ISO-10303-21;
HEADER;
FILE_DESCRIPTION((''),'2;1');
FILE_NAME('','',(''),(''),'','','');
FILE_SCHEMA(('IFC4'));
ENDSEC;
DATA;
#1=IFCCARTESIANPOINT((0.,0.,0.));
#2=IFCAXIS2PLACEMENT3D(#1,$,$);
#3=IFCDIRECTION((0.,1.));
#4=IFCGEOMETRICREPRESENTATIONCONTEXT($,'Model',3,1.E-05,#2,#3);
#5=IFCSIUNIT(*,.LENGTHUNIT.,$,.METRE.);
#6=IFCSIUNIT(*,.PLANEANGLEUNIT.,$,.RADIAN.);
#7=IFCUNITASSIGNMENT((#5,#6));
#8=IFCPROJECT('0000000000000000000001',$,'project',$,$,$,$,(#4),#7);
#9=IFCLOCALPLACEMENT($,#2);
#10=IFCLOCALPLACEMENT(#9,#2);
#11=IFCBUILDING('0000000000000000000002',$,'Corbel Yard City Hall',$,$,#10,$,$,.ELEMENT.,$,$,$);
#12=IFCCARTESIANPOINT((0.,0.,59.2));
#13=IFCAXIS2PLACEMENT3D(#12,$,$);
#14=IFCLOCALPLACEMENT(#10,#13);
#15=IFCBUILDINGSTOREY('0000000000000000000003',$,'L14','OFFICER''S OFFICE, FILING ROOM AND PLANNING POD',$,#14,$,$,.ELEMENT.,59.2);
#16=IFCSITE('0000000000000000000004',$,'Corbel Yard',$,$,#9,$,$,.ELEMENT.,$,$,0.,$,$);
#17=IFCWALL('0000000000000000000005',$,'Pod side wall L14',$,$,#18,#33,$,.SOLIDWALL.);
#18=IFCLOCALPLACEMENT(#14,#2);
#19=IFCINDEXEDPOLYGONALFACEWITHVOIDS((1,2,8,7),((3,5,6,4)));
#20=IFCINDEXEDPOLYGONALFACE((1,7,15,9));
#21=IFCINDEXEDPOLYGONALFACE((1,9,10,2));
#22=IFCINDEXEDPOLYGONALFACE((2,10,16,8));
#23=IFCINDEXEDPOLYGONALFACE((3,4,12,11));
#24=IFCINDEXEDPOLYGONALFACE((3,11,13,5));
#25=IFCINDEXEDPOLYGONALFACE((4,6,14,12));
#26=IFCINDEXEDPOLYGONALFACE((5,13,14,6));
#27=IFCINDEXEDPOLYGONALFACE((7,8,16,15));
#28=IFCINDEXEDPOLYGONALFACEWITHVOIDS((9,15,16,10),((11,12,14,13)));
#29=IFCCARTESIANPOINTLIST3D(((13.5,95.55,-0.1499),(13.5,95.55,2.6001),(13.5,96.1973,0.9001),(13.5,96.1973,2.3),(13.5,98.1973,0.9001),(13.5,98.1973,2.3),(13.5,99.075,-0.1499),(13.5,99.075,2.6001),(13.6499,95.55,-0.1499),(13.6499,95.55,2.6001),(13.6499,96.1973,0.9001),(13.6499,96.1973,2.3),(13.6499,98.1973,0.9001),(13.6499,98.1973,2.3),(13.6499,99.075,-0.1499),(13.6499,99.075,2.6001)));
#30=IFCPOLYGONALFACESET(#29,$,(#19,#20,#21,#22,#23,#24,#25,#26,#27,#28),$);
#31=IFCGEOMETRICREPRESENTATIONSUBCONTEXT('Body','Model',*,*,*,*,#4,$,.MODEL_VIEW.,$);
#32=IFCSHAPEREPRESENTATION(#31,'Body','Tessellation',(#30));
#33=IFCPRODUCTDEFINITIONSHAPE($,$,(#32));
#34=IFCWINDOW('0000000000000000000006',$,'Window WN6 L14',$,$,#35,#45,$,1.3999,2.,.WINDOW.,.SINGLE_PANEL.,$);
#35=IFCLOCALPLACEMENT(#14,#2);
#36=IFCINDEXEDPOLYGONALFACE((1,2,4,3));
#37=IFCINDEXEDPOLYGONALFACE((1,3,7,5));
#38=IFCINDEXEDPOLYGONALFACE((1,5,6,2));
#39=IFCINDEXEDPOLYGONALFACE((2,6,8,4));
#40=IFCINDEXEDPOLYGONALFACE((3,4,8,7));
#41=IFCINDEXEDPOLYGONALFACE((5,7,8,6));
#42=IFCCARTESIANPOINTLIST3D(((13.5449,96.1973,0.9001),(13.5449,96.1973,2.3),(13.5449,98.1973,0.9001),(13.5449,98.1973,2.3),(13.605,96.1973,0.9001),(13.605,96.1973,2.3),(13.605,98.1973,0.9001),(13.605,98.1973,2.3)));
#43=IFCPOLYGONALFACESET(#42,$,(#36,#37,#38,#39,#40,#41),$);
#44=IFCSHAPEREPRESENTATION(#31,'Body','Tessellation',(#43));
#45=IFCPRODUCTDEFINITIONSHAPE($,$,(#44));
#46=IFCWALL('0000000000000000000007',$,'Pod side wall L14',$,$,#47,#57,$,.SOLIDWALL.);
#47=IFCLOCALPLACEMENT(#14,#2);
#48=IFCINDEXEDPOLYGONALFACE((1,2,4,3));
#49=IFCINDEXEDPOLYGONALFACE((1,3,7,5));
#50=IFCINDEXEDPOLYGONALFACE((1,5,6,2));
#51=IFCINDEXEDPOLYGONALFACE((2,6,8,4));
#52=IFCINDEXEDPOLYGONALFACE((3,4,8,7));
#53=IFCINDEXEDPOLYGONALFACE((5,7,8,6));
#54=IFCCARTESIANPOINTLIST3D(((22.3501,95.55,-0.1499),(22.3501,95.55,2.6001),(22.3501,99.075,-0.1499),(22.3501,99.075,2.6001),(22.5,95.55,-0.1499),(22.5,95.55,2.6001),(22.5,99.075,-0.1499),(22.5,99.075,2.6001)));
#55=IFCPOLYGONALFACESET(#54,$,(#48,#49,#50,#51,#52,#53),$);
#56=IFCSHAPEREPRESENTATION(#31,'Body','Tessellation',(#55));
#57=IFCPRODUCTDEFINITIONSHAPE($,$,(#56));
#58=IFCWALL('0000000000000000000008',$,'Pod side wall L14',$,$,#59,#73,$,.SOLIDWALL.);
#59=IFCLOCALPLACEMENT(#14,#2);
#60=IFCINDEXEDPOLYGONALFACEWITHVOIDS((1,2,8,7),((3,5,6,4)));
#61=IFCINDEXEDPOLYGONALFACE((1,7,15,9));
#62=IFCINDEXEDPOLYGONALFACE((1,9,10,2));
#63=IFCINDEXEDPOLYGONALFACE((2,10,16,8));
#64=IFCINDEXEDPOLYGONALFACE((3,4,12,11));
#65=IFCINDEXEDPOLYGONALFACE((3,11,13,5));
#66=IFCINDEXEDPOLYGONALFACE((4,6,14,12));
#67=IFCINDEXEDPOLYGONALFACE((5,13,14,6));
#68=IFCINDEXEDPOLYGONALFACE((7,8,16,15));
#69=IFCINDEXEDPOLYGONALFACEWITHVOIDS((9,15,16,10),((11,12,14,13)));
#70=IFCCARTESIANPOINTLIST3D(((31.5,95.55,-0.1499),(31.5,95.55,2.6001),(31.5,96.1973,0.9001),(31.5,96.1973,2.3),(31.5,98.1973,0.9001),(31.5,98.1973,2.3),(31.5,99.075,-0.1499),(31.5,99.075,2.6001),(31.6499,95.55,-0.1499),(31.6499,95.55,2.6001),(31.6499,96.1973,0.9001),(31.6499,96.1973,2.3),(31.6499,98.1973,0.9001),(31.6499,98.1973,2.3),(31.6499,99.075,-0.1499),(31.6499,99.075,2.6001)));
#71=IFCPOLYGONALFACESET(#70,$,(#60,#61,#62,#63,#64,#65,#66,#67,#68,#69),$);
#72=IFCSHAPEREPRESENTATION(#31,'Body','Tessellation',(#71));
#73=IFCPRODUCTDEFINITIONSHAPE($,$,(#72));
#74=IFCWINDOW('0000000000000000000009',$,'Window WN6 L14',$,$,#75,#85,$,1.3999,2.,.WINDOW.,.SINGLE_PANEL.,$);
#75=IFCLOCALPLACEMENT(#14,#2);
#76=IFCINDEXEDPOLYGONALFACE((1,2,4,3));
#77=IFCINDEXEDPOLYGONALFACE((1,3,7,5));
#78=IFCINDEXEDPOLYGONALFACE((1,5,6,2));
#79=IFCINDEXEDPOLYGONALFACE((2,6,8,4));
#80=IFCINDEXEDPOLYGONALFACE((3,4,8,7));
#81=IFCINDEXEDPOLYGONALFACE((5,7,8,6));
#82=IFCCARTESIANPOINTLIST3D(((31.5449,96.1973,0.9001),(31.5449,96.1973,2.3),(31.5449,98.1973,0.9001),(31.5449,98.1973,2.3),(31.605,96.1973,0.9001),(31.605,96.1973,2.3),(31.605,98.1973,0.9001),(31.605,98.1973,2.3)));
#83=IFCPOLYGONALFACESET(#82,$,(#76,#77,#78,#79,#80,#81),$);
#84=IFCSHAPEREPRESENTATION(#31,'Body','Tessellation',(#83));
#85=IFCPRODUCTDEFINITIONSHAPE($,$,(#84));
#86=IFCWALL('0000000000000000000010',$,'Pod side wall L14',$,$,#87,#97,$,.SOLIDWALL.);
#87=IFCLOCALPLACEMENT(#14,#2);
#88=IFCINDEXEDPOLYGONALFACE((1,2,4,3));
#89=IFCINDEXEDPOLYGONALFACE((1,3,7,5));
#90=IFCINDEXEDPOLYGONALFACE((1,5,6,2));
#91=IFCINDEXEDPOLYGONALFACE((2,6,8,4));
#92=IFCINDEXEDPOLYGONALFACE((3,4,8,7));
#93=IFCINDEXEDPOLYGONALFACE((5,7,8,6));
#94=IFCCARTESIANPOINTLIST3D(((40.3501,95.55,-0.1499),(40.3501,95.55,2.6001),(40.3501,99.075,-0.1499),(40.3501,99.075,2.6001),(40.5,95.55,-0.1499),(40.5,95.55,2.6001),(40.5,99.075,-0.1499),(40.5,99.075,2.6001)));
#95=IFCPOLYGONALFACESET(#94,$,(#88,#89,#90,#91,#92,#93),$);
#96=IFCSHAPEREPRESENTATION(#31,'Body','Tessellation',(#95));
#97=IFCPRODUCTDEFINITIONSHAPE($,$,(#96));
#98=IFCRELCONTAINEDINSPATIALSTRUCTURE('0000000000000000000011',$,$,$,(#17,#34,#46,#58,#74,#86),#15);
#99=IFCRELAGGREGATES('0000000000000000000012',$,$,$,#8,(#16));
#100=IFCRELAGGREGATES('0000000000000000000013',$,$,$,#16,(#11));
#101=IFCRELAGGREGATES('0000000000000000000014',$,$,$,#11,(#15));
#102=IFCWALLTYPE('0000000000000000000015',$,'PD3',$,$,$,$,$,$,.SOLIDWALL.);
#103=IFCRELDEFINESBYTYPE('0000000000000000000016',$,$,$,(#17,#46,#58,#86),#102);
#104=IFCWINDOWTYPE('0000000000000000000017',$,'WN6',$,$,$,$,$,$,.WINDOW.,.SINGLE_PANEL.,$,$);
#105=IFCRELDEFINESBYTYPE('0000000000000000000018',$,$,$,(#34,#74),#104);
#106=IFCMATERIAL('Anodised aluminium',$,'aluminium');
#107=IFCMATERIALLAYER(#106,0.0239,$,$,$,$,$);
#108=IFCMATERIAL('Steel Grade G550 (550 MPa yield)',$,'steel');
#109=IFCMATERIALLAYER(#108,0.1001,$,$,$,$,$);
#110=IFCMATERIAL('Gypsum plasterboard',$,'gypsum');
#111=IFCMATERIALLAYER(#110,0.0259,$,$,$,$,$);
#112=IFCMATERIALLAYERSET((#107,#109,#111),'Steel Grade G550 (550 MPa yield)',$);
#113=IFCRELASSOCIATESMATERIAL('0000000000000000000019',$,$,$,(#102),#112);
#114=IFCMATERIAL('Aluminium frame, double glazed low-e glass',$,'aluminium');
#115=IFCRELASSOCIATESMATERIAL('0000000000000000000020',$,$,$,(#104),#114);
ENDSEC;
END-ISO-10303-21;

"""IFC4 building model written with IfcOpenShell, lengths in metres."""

from ifc_helpers import new_model, si_unit, direction, frame, frame_2d, origin, place, context, subcontext, project, spatial, rectangle, extrude, material, layer, layer_set, type_object, element, fill, save


model = new_model("IFC4")

# Units and contexts
model_context = context("Model", 3, precision=1e-05, world=origin(), true_north=direction((0.0, 1.0)))
body_context = subcontext(model_context, "Body", "Model", "MODEL_VIEW")
ifc_project = project(units=[si_unit("LENGTHUNIT", "METRE"), si_unit("PLANEANGLEUNIT", "RADIAN")], contexts=[model_context])

# Site, building, storey
site_placement = place(None, origin())
site = spatial("IfcSite", under=ifc_project, at=site_placement, Name="Corbel Yard", CompositionType="ELEMENT", RefElevation=0.0)
building_placement = place(site_placement, origin())
building = spatial("IfcBuilding", under=site, at=building_placement, Name="Corbel Yard City Hall", CompositionType="ELEMENT")
storey_placement = place(building_placement, frame((0.0, 0.0, 59.2)))
storey = spatial("IfcBuildingStorey", under=building, at=storey_placement, Name="L14", Description="OFFICER'S OFFICE, FILING ROOM AND PLANNING POD", CompositionType="ELEMENT", Elevation=59.2)

# Shared definitions
ifc_material_1 = material(Name="Anodised aluminium", Category="aluminium")
ifc_material_2 = material(Name="Steel Grade G550 (550 MPa yield)", Category="steel")
ifc_material_3 = material(Name="Gypsum plasterboard", Category="gypsum")
ifc_material_4 = material(Name="Aluminium frame, double glazed low-e glass", Category="aluminium")

# Wall, opening, window
ifc_layer_1 = layer(ifc_material_1, 0.0239)
ifc_layer_2 = layer(ifc_material_2, 0.1001)
ifc_layer_3 = layer(ifc_material_3, 0.0259)
ifc_layer_set_1 = layer_set([ifc_layer_1, ifc_layer_2, ifc_layer_3], Name="Steel Grade G550 (550 MPa yield)")
wall_type_1 = type_object("IfcWallType", Name="PD3", PredefinedType="SOLIDWALL", material=ifc_layer_set_1)
wall_1_placement = place(storey_placement, frame((13.575, 95.55, -0.1499), z_axis=(0.0, 0.0, 1.0), x_axis=(0.0, 1.0, 0.0)))
wall_1 = element("IfcWall", 1, at=wall_1_placement, inside=storey, type_object=wall_type_1, Name="Pod side wall L14", PredefinedType="SOLIDWALL", context=body_context, shape_type="SweptSolid", body=[
    extrude(rectangle(XDim=3.5249, YDim=0.1499, at=frame_2d((1.7625, 0.0))), origin(), (0.0, 0.0, 1.0), 2.75),
])
opening_1_placement = place(wall_1_placement, frame((0.6472, 0.0, 1.05)))
opening_1 = element("IfcOpeningElement", 2, at=opening_1_placement, cuts=wall_1, PredefinedType="OPENING", context=body_context, shape_type="SweptSolid", body=[
    extrude(rectangle(XDim=2.0, YDim=1.3999, at=frame_2d((1.0, 0.7))), frame((0.0, 0.085, 0.0), z_axis=(0.0, -1.0, 0.0), x_axis=(1.0, 0.0, 0.0)), (0.0, 0.0, 1.0), 0.1699),
])
window_type_1 = type_object("IfcWindowType", Name="WN6", PartitioningType="SINGLE_PANEL", PredefinedType="WINDOW", material=ifc_material_4)
window_1_placement = place(opening_1_placement, origin())
window_1 = element("IfcWindow", 3, at=window_1_placement, inside=storey, type_object=window_type_1, Name="Window WN6 L14", OverallHeight=1.3999, OverallWidth=2.0, PartitioningType="SINGLE_PANEL", PredefinedType="WINDOW", context=body_context, shape_type="SweptSolid", body=[
    extrude(rectangle(XDim=2.0, YDim=1.3999, at=frame_2d((1.0, 0.7))), frame((0.0, 0.03, 0.0), z_axis=(0.0, -1.0, 0.0), x_axis=(1.0, 0.0, 0.0)), (0.0, 0.0, 1.0), 0.0601),
])
fill(opening_1, window_1)

# Wall
wall_2_placement = place(storey_placement, frame((22.425, 95.55, -0.1499), z_axis=(0.0, 0.0, 1.0), x_axis=(0.0, 1.0, 0.0)))
element("IfcWall", 4, at=wall_2_placement, inside=storey, type_object=wall_type_1, Name="Pod side wall L14", PredefinedType="SOLIDWALL", context=body_context, shape_type="SweptSolid", body=[
    extrude(rectangle(XDim=3.5249, YDim=0.1499, at=frame_2d((1.7625, 0.0))), origin(), (0.0, 0.0, 1.0), 2.75),
])

# Wall, opening, window
wall_3_placement = place(storey_placement, frame((31.575, 95.55, -0.1499), z_axis=(0.0, 0.0, 1.0), x_axis=(0.0, 1.0, 0.0)))
wall_3 = element("IfcWall", 5, at=wall_3_placement, inside=storey, type_object=wall_type_1, Name="Pod side wall L14", PredefinedType="SOLIDWALL", context=body_context, shape_type="SweptSolid", body=[
    extrude(rectangle(XDim=3.5249, YDim=0.1499, at=frame_2d((1.7625, 0.0))), origin(), (0.0, 0.0, 1.0), 2.75),
])
opening_2_placement = place(wall_3_placement, frame((0.6472, 0.0, 1.05)))
opening_2 = element("IfcOpeningElement", 6, at=opening_2_placement, cuts=wall_3, PredefinedType="OPENING", context=body_context, shape_type="SweptSolid", body=[
    extrude(rectangle(XDim=2.0, YDim=1.3999, at=frame_2d((1.0, 0.7))), frame((0.0, 0.085, 0.0), z_axis=(0.0, -1.0, 0.0), x_axis=(1.0, 0.0, 0.0)), (0.0, 0.0, 1.0), 0.1699),
])
window_2_placement = place(opening_2_placement, origin())
window_2 = element("IfcWindow", 7, at=window_2_placement, inside=storey, type_object=window_type_1, Name="Window WN6 L14", OverallHeight=1.3999, OverallWidth=2.0, PartitioningType="SINGLE_PANEL", PredefinedType="WINDOW", context=body_context, shape_type="SweptSolid", body=[
    extrude(rectangle(XDim=2.0, YDim=1.3999, at=frame_2d((1.0, 0.7))), frame((0.0, 0.03, 0.0), z_axis=(0.0, -1.0, 0.0), x_axis=(1.0, 0.0, 0.0)), (0.0, 0.0, 1.0), 0.0601),
])
fill(opening_2, window_2)

# Wall
wall_4_placement = place(storey_placement, frame((40.425, 95.55, -0.1499), z_axis=(0.0, 0.0, 1.0), x_axis=(0.0, 1.0, 0.0)))
element("IfcWall", 8, at=wall_4_placement, inside=storey, type_object=wall_type_1, Name="Pod side wall L14", PredefinedType="SOLIDWALL", context=body_context, shape_type="SweptSolid", body=[
    extrude(rectangle(XDim=3.5249, YDim=0.1499, at=frame_2d((1.7625, 0.0))), origin(), (0.0, 0.0, 1.0), 2.75),
])

save(model, "model.ifc")
